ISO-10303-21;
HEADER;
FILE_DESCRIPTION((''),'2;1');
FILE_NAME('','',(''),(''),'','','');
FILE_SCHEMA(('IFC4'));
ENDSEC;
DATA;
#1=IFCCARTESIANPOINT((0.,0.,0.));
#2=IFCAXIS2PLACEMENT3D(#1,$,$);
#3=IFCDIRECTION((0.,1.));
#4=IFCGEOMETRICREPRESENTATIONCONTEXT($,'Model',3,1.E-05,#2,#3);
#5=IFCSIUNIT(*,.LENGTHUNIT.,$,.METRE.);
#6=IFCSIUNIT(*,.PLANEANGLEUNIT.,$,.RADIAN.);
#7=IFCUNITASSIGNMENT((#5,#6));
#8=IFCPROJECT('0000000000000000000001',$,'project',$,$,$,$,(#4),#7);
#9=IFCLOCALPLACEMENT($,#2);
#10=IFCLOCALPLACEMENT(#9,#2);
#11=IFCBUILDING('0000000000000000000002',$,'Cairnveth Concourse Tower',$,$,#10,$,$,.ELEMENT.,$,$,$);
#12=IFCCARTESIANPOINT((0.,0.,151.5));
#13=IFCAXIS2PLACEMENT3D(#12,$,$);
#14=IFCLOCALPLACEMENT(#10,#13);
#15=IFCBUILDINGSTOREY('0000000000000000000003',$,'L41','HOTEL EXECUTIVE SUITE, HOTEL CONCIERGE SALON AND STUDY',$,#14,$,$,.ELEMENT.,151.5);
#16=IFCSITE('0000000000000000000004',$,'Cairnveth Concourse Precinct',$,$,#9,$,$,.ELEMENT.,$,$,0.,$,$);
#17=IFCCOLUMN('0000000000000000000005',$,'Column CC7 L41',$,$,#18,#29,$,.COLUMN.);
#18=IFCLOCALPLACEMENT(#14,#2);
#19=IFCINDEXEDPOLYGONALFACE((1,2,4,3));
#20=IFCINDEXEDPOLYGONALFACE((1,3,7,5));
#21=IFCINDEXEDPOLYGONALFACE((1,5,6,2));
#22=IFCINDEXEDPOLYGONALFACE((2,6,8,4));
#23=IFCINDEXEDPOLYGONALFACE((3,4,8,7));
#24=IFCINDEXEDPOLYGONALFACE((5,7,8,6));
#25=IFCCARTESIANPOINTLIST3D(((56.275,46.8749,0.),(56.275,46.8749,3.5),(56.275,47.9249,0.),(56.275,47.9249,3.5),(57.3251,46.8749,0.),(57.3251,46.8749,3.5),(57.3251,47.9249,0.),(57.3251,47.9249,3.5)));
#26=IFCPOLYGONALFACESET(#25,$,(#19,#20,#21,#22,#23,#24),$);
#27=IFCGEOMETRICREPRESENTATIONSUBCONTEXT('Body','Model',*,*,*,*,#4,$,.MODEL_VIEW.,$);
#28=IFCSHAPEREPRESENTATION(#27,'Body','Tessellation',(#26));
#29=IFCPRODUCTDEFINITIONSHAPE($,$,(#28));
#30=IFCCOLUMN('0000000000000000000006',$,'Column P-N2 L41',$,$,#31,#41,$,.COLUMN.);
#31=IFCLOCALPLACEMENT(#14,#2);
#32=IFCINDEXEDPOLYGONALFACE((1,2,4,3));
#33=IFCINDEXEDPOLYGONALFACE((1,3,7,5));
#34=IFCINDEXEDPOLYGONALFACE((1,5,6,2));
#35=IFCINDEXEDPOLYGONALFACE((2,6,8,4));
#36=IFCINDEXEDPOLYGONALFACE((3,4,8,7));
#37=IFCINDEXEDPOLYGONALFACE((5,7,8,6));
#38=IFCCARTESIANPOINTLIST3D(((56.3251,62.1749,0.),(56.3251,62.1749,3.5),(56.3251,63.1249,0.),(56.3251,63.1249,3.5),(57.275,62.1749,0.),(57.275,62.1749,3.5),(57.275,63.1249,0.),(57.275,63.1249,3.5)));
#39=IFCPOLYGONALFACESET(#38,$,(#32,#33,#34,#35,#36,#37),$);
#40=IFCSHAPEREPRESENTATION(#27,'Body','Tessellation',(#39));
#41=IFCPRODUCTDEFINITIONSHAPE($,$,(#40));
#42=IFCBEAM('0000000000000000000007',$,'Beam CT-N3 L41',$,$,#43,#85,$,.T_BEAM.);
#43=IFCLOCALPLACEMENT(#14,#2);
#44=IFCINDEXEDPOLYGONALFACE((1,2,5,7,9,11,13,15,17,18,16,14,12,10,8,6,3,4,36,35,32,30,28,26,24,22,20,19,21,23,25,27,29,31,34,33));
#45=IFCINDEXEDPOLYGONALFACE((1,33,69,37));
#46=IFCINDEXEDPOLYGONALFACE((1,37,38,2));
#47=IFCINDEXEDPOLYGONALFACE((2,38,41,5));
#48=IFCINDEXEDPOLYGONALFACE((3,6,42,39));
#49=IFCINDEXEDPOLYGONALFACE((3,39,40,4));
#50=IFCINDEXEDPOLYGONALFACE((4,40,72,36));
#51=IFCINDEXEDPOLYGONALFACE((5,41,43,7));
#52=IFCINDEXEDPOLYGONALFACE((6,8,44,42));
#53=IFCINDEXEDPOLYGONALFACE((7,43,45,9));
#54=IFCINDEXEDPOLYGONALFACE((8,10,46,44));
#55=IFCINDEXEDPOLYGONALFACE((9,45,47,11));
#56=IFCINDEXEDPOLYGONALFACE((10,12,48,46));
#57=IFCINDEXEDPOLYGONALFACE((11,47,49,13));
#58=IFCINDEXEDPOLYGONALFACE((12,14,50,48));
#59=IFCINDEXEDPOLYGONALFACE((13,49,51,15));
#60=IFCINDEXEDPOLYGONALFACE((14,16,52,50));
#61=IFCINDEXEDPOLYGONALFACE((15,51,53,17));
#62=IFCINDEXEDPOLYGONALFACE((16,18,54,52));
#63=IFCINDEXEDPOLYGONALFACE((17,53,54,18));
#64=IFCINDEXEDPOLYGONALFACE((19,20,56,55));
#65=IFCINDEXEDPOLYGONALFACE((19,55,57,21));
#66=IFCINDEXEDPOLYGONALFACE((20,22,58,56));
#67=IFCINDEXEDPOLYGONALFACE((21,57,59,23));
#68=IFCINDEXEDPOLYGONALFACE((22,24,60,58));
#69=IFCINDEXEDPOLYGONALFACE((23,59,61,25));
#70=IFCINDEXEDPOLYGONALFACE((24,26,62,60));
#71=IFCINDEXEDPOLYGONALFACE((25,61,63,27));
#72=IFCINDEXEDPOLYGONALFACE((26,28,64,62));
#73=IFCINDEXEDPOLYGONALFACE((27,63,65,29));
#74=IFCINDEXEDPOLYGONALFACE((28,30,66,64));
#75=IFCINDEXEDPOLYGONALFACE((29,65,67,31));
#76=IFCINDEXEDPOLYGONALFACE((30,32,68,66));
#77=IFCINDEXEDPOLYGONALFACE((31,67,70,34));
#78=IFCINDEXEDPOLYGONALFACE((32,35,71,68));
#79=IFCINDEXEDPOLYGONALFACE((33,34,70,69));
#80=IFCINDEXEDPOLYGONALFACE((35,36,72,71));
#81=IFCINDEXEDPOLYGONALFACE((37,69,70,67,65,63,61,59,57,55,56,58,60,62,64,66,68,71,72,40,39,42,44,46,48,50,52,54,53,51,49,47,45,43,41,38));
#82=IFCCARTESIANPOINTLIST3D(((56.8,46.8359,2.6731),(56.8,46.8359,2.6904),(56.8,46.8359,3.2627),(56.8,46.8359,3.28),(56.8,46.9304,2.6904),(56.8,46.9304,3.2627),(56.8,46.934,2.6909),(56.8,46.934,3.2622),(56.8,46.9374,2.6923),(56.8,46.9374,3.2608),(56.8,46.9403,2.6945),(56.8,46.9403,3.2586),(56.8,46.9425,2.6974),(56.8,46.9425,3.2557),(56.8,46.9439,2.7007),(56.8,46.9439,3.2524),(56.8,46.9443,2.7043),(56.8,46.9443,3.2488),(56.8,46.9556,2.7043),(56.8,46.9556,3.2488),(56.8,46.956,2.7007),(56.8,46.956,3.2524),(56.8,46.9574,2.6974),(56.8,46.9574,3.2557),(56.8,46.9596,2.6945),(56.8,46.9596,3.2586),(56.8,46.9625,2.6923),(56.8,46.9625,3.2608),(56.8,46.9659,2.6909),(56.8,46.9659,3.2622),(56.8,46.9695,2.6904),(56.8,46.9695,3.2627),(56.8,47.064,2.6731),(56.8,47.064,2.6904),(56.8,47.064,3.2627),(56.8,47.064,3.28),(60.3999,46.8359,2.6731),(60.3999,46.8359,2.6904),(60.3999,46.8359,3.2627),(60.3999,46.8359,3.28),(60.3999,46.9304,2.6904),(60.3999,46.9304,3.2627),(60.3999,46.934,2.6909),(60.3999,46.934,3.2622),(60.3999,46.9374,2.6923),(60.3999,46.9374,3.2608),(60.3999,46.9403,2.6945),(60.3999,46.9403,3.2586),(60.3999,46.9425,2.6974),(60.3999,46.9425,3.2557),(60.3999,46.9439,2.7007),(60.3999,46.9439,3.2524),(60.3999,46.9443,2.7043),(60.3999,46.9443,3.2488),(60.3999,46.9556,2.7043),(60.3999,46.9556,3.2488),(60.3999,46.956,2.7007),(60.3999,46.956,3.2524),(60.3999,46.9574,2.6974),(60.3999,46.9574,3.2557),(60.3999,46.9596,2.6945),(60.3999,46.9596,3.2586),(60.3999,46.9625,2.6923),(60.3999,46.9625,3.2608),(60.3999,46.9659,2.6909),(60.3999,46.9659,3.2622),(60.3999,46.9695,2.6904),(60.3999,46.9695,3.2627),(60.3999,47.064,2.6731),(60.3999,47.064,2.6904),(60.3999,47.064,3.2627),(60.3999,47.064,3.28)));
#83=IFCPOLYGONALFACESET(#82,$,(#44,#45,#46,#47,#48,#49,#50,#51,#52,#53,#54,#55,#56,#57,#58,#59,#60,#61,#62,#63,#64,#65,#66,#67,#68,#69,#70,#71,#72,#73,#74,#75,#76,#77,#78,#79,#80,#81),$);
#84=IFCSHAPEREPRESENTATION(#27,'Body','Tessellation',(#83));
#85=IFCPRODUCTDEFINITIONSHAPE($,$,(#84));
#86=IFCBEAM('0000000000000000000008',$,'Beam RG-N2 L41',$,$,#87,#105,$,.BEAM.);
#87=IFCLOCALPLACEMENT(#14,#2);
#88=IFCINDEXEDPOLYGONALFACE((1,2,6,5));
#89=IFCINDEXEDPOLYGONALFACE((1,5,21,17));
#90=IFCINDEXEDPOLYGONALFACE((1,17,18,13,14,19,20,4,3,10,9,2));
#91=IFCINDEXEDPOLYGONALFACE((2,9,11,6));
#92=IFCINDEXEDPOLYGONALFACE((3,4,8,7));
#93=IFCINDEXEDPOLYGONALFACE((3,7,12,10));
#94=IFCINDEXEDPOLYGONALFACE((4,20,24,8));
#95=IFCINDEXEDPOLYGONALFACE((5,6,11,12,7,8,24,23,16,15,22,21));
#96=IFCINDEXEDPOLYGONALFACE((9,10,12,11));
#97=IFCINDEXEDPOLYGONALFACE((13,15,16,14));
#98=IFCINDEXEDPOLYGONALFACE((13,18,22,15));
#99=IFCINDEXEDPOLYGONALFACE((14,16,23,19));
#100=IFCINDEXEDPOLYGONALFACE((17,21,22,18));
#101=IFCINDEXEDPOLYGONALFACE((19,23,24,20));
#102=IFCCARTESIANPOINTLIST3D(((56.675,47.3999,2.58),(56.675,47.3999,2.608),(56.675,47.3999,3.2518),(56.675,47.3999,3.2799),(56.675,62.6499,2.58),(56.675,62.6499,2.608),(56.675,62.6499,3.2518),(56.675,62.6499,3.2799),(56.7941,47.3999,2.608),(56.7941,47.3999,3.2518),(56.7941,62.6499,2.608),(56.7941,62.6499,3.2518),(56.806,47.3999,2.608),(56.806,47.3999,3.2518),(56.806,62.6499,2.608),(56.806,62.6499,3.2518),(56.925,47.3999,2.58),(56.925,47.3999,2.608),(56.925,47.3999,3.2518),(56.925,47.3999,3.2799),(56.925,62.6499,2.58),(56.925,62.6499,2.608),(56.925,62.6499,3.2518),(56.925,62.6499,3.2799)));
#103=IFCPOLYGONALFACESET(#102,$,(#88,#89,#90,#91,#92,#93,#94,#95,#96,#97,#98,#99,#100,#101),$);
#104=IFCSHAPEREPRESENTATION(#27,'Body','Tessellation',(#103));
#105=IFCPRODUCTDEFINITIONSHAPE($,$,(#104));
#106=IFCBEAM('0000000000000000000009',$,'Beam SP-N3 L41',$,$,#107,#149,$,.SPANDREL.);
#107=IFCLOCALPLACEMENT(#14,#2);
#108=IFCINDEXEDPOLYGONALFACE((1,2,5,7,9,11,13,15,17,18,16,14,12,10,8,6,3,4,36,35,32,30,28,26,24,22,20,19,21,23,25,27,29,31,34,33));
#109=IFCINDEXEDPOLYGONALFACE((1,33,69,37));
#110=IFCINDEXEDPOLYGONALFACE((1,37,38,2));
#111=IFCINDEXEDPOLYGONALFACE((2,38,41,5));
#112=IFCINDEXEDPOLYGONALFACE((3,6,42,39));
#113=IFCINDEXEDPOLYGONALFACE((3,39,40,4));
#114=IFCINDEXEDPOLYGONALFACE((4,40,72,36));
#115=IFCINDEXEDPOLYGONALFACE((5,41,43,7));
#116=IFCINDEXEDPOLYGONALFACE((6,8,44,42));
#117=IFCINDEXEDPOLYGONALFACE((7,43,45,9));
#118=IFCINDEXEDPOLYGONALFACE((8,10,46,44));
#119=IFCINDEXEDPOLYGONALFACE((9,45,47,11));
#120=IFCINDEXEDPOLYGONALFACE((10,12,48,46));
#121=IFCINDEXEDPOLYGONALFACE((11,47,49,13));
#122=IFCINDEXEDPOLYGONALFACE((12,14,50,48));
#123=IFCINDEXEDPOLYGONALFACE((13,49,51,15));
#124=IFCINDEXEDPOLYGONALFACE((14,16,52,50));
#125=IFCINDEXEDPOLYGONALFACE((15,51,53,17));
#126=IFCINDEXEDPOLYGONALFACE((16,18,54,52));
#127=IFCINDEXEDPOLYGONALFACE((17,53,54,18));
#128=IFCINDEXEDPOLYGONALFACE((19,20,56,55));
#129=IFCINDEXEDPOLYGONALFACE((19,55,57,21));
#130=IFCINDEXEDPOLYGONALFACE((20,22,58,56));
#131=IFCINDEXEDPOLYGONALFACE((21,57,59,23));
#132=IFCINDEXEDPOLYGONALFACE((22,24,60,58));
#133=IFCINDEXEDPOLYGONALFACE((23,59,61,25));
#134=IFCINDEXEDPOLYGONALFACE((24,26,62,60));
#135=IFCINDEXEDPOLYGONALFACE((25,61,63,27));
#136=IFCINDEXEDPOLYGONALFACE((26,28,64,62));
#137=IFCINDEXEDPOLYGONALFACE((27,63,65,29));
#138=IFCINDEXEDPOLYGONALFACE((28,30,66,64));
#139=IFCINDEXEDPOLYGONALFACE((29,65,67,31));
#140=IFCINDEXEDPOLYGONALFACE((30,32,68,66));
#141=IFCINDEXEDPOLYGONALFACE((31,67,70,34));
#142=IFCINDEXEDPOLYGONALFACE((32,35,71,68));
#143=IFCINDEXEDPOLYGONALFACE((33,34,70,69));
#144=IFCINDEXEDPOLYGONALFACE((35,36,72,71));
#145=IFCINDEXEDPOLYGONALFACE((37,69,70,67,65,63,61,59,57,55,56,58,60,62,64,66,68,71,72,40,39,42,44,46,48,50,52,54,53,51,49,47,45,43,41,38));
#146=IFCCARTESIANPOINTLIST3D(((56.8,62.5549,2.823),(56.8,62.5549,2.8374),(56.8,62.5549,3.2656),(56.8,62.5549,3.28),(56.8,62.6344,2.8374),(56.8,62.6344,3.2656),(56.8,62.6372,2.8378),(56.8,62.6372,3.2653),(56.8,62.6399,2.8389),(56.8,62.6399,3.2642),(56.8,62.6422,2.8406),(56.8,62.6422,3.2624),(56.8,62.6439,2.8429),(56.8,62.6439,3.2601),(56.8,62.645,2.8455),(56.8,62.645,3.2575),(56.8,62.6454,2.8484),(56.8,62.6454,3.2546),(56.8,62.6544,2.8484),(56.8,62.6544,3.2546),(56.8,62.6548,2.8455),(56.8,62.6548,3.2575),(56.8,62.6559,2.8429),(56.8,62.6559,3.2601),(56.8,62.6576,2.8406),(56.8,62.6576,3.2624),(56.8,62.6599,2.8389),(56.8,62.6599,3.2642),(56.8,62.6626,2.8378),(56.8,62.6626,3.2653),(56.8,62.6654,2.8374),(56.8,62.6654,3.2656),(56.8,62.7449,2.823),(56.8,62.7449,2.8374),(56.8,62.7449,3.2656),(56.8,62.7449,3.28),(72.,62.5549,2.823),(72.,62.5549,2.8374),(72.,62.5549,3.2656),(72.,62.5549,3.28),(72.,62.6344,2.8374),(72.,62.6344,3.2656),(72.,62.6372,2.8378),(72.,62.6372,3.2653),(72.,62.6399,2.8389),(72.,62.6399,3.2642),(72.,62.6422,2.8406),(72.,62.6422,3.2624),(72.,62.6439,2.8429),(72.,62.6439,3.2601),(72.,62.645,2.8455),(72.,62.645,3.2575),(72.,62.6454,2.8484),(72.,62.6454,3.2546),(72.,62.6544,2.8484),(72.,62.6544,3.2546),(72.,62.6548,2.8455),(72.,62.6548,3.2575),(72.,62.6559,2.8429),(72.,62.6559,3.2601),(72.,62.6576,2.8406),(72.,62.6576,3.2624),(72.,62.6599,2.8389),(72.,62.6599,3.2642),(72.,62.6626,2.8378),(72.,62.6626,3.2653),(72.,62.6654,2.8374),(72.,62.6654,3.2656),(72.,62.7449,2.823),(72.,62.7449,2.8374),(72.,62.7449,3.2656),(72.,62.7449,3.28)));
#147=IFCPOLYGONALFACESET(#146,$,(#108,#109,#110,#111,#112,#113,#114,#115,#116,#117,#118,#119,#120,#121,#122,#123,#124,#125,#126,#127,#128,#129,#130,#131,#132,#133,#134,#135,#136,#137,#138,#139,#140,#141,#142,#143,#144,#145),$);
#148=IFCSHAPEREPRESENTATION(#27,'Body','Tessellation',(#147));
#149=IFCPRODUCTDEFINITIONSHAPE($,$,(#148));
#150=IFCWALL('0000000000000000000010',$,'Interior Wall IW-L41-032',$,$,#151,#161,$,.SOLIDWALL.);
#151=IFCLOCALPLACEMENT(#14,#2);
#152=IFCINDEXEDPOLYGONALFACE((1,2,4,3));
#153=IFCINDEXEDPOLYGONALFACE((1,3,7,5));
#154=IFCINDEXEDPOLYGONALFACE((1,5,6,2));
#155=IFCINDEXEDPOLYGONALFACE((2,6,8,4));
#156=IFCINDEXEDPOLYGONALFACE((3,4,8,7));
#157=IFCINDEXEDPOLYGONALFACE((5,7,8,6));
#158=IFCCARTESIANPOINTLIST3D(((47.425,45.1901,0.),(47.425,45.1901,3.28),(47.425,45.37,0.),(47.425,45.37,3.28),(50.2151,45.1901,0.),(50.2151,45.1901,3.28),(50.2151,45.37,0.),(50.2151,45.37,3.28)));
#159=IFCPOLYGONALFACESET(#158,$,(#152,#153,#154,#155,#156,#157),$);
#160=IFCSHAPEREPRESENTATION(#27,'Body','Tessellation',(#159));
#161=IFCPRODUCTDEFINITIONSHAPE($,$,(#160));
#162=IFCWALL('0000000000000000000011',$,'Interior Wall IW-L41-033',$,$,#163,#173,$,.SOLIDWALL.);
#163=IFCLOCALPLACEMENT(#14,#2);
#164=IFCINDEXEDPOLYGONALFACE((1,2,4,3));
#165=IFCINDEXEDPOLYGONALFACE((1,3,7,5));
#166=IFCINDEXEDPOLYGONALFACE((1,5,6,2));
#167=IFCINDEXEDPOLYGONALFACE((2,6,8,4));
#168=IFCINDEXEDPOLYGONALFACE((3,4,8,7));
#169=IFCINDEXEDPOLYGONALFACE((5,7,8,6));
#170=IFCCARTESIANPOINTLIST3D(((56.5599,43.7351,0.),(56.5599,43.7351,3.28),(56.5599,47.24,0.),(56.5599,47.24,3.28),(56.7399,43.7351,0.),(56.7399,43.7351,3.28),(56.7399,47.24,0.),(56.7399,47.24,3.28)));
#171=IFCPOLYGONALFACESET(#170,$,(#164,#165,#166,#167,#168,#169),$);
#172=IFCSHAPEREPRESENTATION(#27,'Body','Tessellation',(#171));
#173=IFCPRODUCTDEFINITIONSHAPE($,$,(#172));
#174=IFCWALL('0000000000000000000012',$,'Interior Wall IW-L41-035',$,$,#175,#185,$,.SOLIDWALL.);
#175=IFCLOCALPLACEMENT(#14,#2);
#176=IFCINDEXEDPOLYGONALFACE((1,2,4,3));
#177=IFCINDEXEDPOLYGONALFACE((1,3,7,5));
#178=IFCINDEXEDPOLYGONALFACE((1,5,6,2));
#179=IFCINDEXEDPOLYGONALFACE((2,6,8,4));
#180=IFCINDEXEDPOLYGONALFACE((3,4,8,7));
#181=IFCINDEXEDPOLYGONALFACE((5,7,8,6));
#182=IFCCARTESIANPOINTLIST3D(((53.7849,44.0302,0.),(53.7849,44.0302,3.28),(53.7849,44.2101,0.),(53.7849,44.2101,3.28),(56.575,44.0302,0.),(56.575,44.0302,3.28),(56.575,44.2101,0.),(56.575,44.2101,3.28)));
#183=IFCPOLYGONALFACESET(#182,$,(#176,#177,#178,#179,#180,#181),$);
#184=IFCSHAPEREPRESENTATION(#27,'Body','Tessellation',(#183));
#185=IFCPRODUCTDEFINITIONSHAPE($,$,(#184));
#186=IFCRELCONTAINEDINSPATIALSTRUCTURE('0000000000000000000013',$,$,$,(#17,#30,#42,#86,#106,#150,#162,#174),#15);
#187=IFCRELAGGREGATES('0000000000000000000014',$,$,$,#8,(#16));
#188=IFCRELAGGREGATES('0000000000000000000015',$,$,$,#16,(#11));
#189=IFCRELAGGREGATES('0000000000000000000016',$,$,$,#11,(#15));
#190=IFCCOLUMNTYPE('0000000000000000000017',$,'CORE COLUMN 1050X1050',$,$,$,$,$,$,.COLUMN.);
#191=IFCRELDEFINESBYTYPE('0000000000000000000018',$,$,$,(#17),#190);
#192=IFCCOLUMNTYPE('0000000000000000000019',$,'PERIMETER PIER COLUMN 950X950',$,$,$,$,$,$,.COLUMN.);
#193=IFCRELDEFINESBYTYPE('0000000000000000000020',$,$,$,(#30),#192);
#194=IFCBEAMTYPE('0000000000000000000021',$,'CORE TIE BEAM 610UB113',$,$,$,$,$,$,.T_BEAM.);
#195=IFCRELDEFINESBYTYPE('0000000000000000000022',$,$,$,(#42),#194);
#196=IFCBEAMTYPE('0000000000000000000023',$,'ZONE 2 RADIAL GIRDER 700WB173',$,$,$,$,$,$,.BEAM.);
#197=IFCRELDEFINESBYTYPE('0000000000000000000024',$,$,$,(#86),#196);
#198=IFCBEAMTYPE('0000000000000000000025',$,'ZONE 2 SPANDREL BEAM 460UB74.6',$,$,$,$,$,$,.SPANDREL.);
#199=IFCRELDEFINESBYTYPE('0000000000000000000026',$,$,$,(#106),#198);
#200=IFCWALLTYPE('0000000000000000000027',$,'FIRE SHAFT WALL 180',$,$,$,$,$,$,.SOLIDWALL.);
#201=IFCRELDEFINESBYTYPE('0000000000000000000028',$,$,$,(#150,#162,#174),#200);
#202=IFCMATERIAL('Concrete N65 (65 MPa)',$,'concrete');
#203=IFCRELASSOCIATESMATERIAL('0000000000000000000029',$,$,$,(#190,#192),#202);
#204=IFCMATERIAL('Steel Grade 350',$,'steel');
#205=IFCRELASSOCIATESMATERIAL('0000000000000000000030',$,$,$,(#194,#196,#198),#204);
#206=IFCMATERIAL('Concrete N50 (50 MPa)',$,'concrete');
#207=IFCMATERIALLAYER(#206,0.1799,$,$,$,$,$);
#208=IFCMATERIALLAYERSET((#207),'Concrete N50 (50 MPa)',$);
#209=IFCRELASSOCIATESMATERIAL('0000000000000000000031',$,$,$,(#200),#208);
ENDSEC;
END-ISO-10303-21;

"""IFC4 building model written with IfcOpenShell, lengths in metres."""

from ifc_helpers import new_model, si_unit, direction, frame, frame_2d, origin, origin_2d, place, context, subcontext, project, spatial, rectangle, i_section, extrude, material, layer, layer_set, material_profile, profile_set, type_object, element, save


model = new_model("IFC4")

# Units and contexts
model_context = context("Model", 3, precision=1e-05, world=origin(), true_north=direction((0.0, 1.0)))
body_context = subcontext(model_context, "Body", "Model", "MODEL_VIEW")
ifc_project = project(units=[si_unit("LENGTHUNIT", "METRE"), si_unit("PLANEANGLEUNIT", "RADIAN")], contexts=[model_context])

# Site, building, storey
site_placement = place(None, origin())
site = spatial("IfcSite", under=ifc_project, at=site_placement, Name="Cairnveth Concourse Precinct", CompositionType="ELEMENT", RefElevation=0.0)
building_placement = place(site_placement, origin())
building = spatial("IfcBuilding", under=site, at=building_placement, Name="Cairnveth Concourse Tower", CompositionType="ELEMENT")
storey_placement = place(building_placement, frame((0.0, 0.0, 151.5)))
storey = spatial("IfcBuildingStorey", under=building, at=storey_placement, Name="L41", Description="HOTEL EXECUTIVE SUITE, HOTEL CONCIERGE SALON AND STUDY", CompositionType="ELEMENT", Elevation=151.5)

# Columns
ifc_material_1 = material(Name="Concrete N65 (65 MPa)", Category="concrete")
ifc_material_profile_1 = material_profile(ifc_material_1, rectangle(XDim=1.05, YDim=1.05, at=origin_2d()), Name="RC-COL-1050x1050")
ifc_profile_set_1 = profile_set([ifc_material_profile_1], Name="Concrete N65 (65 MPa)")
column_type_1 = type_object("IfcColumnType", Name="CORE COLUMN 1050X1050", PredefinedType="COLUMN", material=ifc_profile_set_1)
column_1_placement = place(storey_placement, frame((56.8, 47.3999, 0.0), z_axis=(0.0, 0.0, 1.0), x_axis=(1.0, 0.0, 0.0)))
element("IfcColumn", 1, at=column_1_placement, inside=storey, type_object=column_type_1, Name="Column CC7 L41", PredefinedType="COLUMN", context=body_context, shape_type="SweptSolid", body=[
    extrude(rectangle(XDim=1.05, YDim=1.05, at=origin_2d()), origin(), (0.0, 0.0, 1.0), 3.5),
])
ifc_material_profile_2 = material_profile(ifc_material_1, rectangle(XDim=0.95, YDim=0.95, at=origin_2d()), Name="RC-COL-950x950")
ifc_profile_set_2 = profile_set([ifc_material_profile_2], Name="Concrete N65 (65 MPa)")
column_type_2 = type_object("IfcColumnType", Name="PERIMETER PIER COLUMN 950X950", PredefinedType="COLUMN", material=ifc_profile_set_2)
column_2_placement = place(storey_placement, frame((56.8, 62.6499, 0.0), z_axis=(0.0, 0.0, 1.0), x_axis=(1.0, 0.0, 0.0)))
element("IfcColumn", 2, at=column_2_placement, inside=storey, type_object=column_type_2, Name="Column P-N2 L41", PredefinedType="COLUMN", context=body_context, shape_type="SweptSolid", body=[
    extrude(rectangle(XDim=0.95, YDim=0.95, at=origin_2d()), origin(), (0.0, 0.0, 1.0), 3.5),
])

# Beams
ifc_material_2 = material(Name="Steel Grade 350", Category="steel")
ifc_material_profile_3 = material_profile(ifc_material_2, i_section(OverallWidth=0.228, OverallDepth=0.6069, WebThickness=0.0112, FlangeThickness=0.0173, FilletRadius=0.0139, at=origin_2d()), Name="610UB113")
ifc_profile_set_3 = profile_set([ifc_material_profile_3], Name="Steel Grade 350")
beam_type_1 = type_object("IfcBeamType", Name="CORE TIE BEAM 610UB113", PredefinedType="T_BEAM", material=ifc_profile_set_3)
beam_1_placement = place(storey_placement, frame((56.8, 46.95, 2.9766), z_axis=(1.0, 0.0, 0.0), x_axis=(0.0, 1.0, 0.0)))
element("IfcBeam", 3, at=beam_1_placement, inside=storey, type_object=beam_type_1, Name="Beam CT-N3 L41", PredefinedType="T_BEAM", context=body_context, shape_type="SweptSolid", body=[
    extrude(i_section(OverallWidth=0.228, OverallDepth=0.6069, WebThickness=0.0112, FlangeThickness=0.0173, FilletRadius=0.0139, at=origin_2d()), origin(), (0.0, 0.0, 1.0), 3.5999),
])
ifc_material_profile_4 = material_profile(ifc_material_2, i_section(OverallWidth=0.25, OverallDepth=0.7, WebThickness=0.012, FlangeThickness=0.0281, at=origin_2d()), Name="700WB173")
ifc_profile_set_4 = profile_set([ifc_material_profile_4], Name="Steel Grade 350")
beam_type_2 = type_object("IfcBeamType", Name="ZONE 2 RADIAL GIRDER 700WB173", PredefinedType="BEAM", material=ifc_profile_set_4)
beam_2_placement = place(storey_placement, frame((56.8, 47.3999, 2.9299), z_axis=(0.0, 1.0, 0.0), x_axis=(-1.0, 0.0, 0.0)))
element("IfcBeam", 4, at=beam_2_placement, inside=storey, type_object=beam_type_2, Name="Beam RG-N2 L41", PredefinedType="BEAM", context=body_context, shape_type="SweptSolid", body=[
    extrude(i_section(OverallWidth=0.25, OverallDepth=0.7, WebThickness=0.012, FlangeThickness=0.0281, at=origin_2d()), origin(), (0.0, 0.0, 1.0), 15.25),
])
ifc_material_profile_5 = material_profile(ifc_material_2, i_section(OverallWidth=0.1899, OverallDepth=0.457, WebThickness=0.009, FlangeThickness=0.0144, FilletRadius=0.011, at=origin_2d()), Name="460UB74.6")
ifc_profile_set_5 = profile_set([ifc_material_profile_5], Name="Steel Grade 350")
beam_type_3 = type_object("IfcBeamType", Name="ZONE 2 SPANDREL BEAM 460UB74.6", PredefinedType="SPANDREL", material=ifc_profile_set_5)
beam_3_placement = place(storey_placement, frame((56.8, 62.6499, 3.0515), z_axis=(1.0, 0.0, 0.0), x_axis=(0.0, 1.0, 0.0)))
element("IfcBeam", 5, at=beam_3_placement, inside=storey, type_object=beam_type_3, Name="Beam SP-N3 L41", PredefinedType="SPANDREL", context=body_context, shape_type="SweptSolid", body=[
    extrude(i_section(OverallWidth=0.1899, OverallDepth=0.457, WebThickness=0.009, FlangeThickness=0.0144, FilletRadius=0.011, at=origin_2d()), origin(), (0.0, 0.0, 1.0), 15.2),
])

# Walls
ifc_material_3 = material(Name="Concrete N50 (50 MPa)", Category="concrete")
ifc_layer_1 = layer(ifc_material_3, 0.1799)
ifc_layer_set_1 = layer_set([ifc_layer_1], Name="Concrete N50 (50 MPa)")
wall_type_1 = type_object("IfcWallType", Name="FIRE SHAFT WALL 180", PredefinedType="SOLIDWALL", material=ifc_layer_set_1)
wall_1_placement = place(storey_placement, frame((47.425, 45.28, 0.0), z_axis=(0.0, 0.0, 1.0), x_axis=(1.0, 0.0, 0.0)))
element("IfcWall", 6, at=wall_1_placement, inside=storey, type_object=wall_type_1, Name="Interior Wall IW-L41-032", PredefinedType="SOLIDWALL", context=body_context, shape_type="SweptSolid", body=[
    extrude(rectangle(XDim=2.79, YDim=0.1799, at=frame_2d((1.395, 0.0))), origin(), (0.0, 0.0, 1.0), 3.28),
])
wall_2_placement = place(storey_placement, frame((56.6499, 43.7351, 0.0), z_axis=(0.0, 0.0, 1.0), x_axis=(0.0, 1.0, 0.0)))
element("IfcWall", 7, at=wall_2_placement, inside=storey, type_object=wall_type_1, Name="Interior Wall IW-L41-033", PredefinedType="SOLIDWALL", context=body_context, shape_type="SweptSolid", body=[
    extrude(rectangle(XDim=3.5049, YDim=0.1799, at=frame_2d((1.7524, 0.0))), origin(), (0.0, 0.0, 1.0), 3.28),
])
wall_3_placement = place(storey_placement, frame((53.7849, 44.1201, 0.0), z_axis=(0.0, 0.0, 1.0), x_axis=(1.0, 0.0, 0.0)))
element("IfcWall", 8, at=wall_3_placement, inside=storey, type_object=wall_type_1, Name="Interior Wall IW-L41-035", PredefinedType="SOLIDWALL", context=body_context, shape_type="SweptSolid", body=[
    extrude(rectangle(XDim=2.79, YDim=0.1799, at=frame_2d((1.395, 0.0))), origin(), (0.0, 0.0, 1.0), 3.28),
])

save(model, "model.ifc")
